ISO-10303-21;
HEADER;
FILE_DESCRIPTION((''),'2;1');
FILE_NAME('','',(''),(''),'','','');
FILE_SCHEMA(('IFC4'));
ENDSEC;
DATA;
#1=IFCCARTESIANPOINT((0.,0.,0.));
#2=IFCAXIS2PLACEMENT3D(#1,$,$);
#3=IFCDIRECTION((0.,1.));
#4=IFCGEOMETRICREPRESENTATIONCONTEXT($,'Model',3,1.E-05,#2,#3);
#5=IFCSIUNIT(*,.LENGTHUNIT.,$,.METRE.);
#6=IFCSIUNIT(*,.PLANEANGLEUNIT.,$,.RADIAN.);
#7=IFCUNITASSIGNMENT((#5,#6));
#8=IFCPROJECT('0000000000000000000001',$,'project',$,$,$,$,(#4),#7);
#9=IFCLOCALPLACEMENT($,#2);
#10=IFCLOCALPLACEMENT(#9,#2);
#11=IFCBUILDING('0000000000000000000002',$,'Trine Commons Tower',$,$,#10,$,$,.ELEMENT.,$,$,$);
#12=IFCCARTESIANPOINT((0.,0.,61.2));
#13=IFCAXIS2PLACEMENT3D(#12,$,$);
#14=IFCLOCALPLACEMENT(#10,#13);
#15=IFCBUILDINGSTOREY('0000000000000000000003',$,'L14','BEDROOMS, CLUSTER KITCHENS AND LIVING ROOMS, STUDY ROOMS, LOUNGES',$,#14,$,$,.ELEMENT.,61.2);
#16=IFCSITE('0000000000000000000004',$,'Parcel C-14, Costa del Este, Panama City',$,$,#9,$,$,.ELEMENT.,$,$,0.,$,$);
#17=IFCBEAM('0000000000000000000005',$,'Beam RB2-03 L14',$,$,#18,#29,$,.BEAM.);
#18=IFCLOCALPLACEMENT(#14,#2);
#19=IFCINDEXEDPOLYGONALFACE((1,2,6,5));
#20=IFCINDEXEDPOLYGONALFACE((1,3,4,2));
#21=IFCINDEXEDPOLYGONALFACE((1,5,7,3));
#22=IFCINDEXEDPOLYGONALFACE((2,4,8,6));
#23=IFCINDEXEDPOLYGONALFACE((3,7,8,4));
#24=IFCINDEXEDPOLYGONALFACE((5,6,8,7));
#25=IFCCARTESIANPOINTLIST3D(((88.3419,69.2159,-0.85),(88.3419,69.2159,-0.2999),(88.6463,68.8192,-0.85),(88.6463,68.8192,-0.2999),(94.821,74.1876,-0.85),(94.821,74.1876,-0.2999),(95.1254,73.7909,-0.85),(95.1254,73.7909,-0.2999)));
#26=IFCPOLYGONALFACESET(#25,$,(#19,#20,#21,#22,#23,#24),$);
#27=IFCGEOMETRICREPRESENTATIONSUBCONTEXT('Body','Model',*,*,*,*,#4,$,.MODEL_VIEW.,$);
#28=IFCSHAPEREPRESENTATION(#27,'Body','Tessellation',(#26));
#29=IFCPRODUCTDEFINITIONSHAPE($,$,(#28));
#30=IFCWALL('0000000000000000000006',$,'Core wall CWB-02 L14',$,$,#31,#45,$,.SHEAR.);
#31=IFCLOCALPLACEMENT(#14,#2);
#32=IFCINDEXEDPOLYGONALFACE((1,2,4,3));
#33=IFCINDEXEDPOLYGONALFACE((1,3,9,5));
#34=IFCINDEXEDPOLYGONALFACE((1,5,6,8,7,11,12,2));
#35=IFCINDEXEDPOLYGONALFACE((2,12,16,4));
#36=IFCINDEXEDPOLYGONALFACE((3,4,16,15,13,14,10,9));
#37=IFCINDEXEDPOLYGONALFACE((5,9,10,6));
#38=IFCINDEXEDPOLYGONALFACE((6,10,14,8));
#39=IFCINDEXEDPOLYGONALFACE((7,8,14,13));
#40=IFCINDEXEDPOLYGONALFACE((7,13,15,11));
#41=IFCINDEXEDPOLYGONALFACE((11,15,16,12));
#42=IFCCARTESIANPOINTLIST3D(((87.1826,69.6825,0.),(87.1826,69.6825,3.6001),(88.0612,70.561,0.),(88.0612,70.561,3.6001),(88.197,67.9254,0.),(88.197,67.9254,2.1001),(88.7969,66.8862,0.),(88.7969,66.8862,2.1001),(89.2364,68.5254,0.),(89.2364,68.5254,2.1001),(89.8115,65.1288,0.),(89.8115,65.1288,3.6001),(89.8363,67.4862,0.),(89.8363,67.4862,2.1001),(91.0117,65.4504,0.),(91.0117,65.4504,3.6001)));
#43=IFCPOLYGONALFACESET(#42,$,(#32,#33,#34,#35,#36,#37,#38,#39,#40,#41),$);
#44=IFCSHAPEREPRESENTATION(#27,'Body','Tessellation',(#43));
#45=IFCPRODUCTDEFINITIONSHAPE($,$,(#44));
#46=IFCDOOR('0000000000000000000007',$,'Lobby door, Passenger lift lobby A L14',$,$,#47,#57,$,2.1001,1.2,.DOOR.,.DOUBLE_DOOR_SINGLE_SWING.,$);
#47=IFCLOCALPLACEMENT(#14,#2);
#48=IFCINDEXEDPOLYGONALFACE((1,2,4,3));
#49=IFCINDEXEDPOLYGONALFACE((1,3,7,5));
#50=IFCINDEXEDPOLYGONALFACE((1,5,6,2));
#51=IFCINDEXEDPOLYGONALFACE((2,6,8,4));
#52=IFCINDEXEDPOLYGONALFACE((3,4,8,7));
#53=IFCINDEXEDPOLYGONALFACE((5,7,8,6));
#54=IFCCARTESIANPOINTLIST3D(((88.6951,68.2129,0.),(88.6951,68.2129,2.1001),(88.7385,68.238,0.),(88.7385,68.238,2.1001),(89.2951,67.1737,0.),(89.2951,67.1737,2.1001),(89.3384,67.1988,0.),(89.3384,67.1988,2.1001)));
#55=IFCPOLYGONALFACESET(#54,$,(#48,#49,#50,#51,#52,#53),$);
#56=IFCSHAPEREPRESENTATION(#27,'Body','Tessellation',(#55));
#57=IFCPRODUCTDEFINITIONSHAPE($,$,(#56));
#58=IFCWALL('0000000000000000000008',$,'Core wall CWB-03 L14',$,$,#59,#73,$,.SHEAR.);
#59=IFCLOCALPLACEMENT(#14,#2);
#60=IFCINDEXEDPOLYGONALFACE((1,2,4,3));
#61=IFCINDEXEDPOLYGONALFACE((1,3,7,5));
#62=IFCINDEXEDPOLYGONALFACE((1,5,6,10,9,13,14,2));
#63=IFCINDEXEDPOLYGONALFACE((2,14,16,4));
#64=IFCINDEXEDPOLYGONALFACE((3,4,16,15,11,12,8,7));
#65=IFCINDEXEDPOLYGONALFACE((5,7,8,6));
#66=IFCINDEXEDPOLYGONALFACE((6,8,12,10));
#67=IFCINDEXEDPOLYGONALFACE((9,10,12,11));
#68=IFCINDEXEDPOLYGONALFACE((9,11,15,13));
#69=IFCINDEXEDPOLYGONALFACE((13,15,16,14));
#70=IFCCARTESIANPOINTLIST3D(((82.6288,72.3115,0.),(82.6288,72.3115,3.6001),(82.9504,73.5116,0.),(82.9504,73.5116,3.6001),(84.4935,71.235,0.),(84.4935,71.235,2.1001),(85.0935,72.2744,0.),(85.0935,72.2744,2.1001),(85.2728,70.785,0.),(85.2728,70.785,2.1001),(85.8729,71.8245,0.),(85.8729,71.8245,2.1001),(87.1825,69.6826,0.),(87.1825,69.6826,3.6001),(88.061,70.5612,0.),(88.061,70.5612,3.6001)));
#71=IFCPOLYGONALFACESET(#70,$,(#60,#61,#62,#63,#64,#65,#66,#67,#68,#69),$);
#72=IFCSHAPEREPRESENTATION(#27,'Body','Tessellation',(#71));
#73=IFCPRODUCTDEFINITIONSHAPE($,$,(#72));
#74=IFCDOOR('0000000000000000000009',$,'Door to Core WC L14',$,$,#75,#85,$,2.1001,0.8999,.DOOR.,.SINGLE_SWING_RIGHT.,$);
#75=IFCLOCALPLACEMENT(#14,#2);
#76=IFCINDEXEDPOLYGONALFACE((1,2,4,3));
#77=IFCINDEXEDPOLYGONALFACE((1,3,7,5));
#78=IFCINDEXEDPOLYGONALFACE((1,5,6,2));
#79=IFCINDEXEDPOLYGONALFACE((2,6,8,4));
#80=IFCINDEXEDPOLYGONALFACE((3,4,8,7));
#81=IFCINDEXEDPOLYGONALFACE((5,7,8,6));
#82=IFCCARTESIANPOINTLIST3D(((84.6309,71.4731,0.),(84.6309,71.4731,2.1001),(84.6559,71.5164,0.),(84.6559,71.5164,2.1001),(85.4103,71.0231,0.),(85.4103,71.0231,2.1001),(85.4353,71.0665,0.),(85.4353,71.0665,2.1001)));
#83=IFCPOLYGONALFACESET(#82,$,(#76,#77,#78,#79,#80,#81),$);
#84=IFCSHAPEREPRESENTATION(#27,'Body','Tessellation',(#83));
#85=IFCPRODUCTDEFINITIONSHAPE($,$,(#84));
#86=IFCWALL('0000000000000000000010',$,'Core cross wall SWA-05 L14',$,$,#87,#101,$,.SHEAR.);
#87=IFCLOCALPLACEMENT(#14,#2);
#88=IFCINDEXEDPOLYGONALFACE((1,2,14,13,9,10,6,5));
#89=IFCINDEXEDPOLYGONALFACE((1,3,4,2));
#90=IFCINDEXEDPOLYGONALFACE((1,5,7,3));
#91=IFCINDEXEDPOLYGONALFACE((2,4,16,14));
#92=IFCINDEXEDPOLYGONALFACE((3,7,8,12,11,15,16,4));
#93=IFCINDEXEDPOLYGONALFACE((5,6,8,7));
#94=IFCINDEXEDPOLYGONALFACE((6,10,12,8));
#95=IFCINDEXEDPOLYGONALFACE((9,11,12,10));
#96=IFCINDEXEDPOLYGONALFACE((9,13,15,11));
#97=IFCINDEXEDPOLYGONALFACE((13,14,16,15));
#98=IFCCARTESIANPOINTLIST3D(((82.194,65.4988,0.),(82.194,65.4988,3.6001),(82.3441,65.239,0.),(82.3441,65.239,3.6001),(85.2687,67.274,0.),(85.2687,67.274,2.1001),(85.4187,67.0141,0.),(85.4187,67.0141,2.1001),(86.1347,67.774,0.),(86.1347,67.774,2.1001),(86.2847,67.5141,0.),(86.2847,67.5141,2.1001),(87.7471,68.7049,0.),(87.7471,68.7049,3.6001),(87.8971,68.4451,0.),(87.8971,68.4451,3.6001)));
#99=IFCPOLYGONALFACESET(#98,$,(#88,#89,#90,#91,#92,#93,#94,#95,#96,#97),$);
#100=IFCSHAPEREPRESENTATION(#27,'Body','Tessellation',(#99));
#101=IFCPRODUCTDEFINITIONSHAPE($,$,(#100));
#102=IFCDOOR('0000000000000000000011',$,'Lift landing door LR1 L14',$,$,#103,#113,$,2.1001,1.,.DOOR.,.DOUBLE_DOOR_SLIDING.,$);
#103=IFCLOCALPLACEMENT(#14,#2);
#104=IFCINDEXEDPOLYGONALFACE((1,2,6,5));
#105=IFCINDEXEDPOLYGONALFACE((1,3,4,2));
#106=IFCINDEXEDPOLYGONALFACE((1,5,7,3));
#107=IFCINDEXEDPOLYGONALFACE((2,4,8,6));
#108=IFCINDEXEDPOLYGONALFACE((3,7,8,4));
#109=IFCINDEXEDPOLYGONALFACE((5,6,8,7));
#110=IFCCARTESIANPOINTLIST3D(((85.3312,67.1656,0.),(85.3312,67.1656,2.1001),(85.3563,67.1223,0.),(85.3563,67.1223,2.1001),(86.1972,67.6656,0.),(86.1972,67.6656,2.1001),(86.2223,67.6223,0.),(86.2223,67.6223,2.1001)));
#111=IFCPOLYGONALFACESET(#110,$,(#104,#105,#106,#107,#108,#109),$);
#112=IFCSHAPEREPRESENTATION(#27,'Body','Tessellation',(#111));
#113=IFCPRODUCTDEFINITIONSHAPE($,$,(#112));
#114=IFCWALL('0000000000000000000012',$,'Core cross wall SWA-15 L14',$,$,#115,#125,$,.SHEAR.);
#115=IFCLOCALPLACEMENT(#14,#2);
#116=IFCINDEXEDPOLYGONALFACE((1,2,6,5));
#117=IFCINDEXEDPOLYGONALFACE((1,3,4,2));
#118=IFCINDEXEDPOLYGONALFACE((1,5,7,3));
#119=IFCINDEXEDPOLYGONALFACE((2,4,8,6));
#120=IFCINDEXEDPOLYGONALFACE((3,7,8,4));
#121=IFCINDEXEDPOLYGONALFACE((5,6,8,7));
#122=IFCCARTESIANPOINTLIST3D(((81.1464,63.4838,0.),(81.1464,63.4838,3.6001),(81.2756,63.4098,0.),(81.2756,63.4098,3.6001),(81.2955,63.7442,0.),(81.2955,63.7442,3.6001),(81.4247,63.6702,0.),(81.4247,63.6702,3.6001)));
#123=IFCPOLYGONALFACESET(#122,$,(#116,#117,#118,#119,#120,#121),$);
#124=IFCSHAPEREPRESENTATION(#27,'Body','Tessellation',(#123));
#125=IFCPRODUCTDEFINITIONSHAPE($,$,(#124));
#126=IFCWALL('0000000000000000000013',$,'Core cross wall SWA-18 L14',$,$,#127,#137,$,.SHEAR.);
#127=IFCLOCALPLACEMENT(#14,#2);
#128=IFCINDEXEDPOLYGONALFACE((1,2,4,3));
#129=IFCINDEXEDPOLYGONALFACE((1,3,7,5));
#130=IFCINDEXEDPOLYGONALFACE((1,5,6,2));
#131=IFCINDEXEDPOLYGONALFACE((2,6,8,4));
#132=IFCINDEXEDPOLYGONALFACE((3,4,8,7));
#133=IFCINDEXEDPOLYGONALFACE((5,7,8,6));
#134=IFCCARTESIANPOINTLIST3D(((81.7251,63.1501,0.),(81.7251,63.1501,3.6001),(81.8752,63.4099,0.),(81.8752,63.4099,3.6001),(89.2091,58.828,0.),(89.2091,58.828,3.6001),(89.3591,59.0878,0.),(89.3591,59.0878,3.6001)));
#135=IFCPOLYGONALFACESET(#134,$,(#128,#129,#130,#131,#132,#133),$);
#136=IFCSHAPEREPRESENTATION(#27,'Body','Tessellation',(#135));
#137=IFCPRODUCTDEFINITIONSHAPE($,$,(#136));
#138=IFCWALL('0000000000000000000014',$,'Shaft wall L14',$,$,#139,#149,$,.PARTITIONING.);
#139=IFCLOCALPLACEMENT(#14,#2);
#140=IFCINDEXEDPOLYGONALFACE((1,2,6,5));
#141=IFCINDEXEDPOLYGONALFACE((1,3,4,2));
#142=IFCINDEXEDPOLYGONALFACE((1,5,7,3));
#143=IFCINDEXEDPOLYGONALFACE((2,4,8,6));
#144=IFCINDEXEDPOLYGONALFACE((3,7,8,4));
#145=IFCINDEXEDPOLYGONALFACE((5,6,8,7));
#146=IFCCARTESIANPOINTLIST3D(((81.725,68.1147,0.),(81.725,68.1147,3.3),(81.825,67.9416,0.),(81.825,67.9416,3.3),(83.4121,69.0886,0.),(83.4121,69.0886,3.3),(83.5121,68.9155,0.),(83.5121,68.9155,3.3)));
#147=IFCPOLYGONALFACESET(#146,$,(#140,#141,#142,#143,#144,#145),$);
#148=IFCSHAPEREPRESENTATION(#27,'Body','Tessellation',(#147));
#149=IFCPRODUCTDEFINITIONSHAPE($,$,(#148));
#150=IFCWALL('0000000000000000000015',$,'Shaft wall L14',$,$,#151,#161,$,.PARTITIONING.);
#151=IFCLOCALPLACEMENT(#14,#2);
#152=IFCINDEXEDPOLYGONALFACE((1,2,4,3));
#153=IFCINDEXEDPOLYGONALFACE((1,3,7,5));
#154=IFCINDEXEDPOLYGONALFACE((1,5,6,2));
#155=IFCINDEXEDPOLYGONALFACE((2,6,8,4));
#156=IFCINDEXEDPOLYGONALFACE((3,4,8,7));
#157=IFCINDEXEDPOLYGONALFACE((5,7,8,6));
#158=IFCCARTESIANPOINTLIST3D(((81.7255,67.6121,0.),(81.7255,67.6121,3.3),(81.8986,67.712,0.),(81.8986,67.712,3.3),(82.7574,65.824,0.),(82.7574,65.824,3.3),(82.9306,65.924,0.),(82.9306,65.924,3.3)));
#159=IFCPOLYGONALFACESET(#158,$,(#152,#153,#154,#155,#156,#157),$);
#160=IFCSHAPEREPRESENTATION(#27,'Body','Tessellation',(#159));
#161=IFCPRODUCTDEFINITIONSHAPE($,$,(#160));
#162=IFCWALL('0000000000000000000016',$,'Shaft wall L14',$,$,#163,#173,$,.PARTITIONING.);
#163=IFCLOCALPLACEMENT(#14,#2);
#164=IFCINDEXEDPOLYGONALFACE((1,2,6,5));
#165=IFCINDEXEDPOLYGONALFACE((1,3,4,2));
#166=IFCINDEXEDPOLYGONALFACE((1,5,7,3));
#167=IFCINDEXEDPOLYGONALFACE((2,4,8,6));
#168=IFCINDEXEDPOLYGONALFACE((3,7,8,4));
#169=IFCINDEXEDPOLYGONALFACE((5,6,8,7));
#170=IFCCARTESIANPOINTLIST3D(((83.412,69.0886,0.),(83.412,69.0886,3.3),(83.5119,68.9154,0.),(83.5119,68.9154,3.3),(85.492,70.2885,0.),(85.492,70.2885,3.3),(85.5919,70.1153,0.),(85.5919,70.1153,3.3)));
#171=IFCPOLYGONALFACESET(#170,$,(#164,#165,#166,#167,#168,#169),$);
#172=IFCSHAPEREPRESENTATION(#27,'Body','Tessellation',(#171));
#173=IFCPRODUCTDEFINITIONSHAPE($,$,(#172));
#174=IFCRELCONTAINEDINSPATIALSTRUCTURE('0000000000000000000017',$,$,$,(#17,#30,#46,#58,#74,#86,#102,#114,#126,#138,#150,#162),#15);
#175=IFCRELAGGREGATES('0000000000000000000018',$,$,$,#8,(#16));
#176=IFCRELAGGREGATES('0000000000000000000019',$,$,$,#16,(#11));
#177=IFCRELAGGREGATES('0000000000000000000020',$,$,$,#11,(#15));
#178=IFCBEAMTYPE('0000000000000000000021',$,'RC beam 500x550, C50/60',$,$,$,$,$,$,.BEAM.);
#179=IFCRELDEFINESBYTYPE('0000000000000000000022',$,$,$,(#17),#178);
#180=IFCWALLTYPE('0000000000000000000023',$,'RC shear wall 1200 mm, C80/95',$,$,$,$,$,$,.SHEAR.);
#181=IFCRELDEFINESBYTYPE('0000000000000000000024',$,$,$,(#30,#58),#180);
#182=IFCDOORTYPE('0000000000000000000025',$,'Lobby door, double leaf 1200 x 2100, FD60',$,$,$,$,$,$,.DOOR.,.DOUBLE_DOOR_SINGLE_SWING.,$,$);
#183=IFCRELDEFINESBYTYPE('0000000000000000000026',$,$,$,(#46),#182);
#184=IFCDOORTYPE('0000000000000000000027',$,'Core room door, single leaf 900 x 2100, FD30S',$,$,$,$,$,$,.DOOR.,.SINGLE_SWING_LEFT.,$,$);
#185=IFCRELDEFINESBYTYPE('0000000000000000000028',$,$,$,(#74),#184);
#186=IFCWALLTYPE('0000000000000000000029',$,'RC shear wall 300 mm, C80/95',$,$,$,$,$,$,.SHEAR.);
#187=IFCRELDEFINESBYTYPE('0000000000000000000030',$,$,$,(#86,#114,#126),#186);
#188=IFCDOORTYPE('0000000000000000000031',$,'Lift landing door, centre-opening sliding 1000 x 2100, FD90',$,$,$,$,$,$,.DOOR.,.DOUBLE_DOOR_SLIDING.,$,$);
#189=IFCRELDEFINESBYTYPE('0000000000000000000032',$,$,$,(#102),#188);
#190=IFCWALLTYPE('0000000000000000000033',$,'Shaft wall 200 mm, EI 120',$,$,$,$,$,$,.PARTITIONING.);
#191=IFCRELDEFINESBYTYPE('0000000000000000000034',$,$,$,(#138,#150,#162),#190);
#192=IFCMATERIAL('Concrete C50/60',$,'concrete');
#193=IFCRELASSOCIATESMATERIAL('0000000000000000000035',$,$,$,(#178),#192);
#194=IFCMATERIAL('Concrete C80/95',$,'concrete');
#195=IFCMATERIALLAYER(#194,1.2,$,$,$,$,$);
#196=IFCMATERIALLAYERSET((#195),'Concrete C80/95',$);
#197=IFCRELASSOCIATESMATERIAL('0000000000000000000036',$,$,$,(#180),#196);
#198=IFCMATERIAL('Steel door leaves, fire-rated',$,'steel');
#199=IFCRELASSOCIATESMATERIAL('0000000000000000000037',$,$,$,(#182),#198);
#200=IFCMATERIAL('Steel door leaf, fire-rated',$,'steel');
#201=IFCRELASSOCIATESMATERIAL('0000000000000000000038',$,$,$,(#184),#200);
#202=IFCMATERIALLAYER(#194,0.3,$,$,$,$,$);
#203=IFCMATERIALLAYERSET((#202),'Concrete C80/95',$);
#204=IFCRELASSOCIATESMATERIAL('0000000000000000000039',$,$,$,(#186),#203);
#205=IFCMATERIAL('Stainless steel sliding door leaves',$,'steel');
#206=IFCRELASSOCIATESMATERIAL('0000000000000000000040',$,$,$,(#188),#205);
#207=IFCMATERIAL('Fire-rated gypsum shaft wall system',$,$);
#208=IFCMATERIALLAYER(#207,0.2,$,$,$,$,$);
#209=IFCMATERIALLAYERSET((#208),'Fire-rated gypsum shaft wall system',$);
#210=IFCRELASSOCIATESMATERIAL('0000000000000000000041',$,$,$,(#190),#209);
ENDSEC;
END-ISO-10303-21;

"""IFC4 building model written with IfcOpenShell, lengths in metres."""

from ifc_helpers import new_model, si_unit, direction, frame, frame_2d, origin, origin_2d, place, context, subcontext, project, spatial, polyline, rectangle, outline, extrude, material, layer, layer_set, material_profile, profile_set, type_object, element, fill, save


model = new_model("IFC4")

# Units and contexts
model_context = context("Model", 3, precision=1e-05, world=origin(), true_north=direction((0.0, 1.0)))
body_context = subcontext(model_context, "Body", "Model", "MODEL_VIEW")
ifc_project = project(units=[si_unit("LENGTHUNIT", "METRE"), si_unit("PLANEANGLEUNIT", "RADIAN")], contexts=[model_context])

# Site, building, storey
site_placement = place(None, origin())
site = spatial("IfcSite", under=ifc_project, at=site_placement, Name="Parcel C-14, Costa del Este, Panama City", CompositionType="ELEMENT", RefElevation=0.0)
building_placement = place(site_placement, origin())
building = spatial("IfcBuilding", under=site, at=building_placement, Name="Trine Commons Tower", CompositionType="ELEMENT")
storey_placement = place(building_placement, frame((0.0, 0.0, 61.2)))
storey = spatial("IfcBuildingStorey", under=building, at=storey_placement, Name="L14", Description="BEDROOMS, CLUSTER KITCHENS AND LIVING ROOMS, STUDY ROOMS, LOUNGES", CompositionType="ELEMENT", Elevation=61.2)

# Beam
ifc_material_1 = material(Name="Concrete C50/60", Category="concrete")
ifc_material_profile = material_profile(ifc_material_1, rectangle(XDim=0.5, YDim=0.55, at=origin_2d()), Name="RC 500x550")
ifc_profile_set = profile_set([ifc_material_profile], Name="Concrete C50/60")
beam_type = type_object("IfcBeamType", Name="RC beam 500x550, C50/60", PredefinedType="BEAM", material=ifc_profile_set)
beam_placement = place(storey_placement, frame((88.4941, 69.0176, -0.575), z_axis=(0.793344, 0.608774, 0.0), x_axis=(-0.608774, 0.793344, 0.0)))
element("IfcBeam", 1, at=beam_placement, inside=storey, type_object=beam_type, Name="Beam RB2-03 L14", PredefinedType="BEAM", context=body_context, shape_type="SweptSolid", body=[
    extrude(rectangle(XDim=0.5, YDim=0.55, at=origin_2d()), origin(), (0.0, 0.0, 1.0), 8.1667),
])

# Walls, openings, doors
ifc_material_2 = material(Name="Concrete C80/95", Category="concrete")
ifc_layer_1 = layer(ifc_material_2, 1.2)
ifc_layer_set_1 = layer_set([ifc_layer_1], Name="Concrete C80/95")
wall_type_1 = type_object("IfcWallType", Name="RC shear wall 1200 mm, C80/95", PredefinedType="SHEAR", material=ifc_layer_set_1)
wall_1_placement = place(storey_placement, frame((90.4919, 65.1504, 0.0), z_axis=(0.0, 0.0, 1.0), x_axis=(-0.499979, 0.866037, 0.0)))
wall_1 = element("IfcWall", 2, at=wall_1_placement, inside=storey, type_object=wall_type_1, Name="Core wall CWB-02 L14", PredefinedType="SHEAR", context=body_context, shape_type="SweptSolid", body=[
    extrude(outline(polyline([(0.0, -0.6001), (5.9011, -0.6001), (5.5796, 0.6001), (0.3215, 0.6001), (0.0, -0.6001)])), origin(), (0.0, 0.0, 1.0), 3.6001),
])
opening_1_placement = place(wall_1_placement, frame((2.3506, 0.0, 0.0)))
opening_1 = element("IfcOpeningElement", 3, at=opening_1_placement, cuts=wall_1, PredefinedType="OPENING", context=body_context, shape_type="SweptSolid", body=[
    extrude(rectangle(XDim=1.2, YDim=2.1001, at=frame_2d((0.6001, 1.05))), frame((0.0, 0.6099, 0.0), z_axis=(0.0, -1.0, 0.0), x_axis=(1.0, 0.0, 0.0)), (0.0, 0.0, 1.0), 1.22),
])
ifc_material_3 = material(Name="Steel door leaves, fire-rated", Category="steel")
door_type_1 = type_object("IfcDoorType", Name="Lobby door, double leaf 1200 x 2100, FD60", OperationType="DOUBLE_DOOR_SINGLE_SWING", PredefinedType="DOOR", material=ifc_material_3)
door_1_placement = place(opening_1_placement, origin())
door_1 = element("IfcDoor", 4, at=door_1_placement, inside=storey, type_object=door_type_1, Name="Lobby door, Passenger lift lobby A L14", OperationType="DOUBLE_DOOR_SINGLE_SWING", OverallHeight=2.1001, OverallWidth=1.2, PredefinedType="DOOR", context=body_context, shape_type="SweptSolid", body=[
    extrude(rectangle(XDim=1.2, YDim=2.1001, at=frame_2d((0.6001, 1.05))), frame((0.0, 0.0249, 0.0), z_axis=(0.0, -1.0, 0.0), x_axis=(1.0, 0.0, 0.0)), (0.0, 0.0, 1.0), 0.05),
])
fill(opening_1, door_1)
wall_2_placement = place(storey_placement, frame((87.761, 70.0415, 0.0), z_axis=(0.0, 0.0, 1.0), x_axis=(-0.866037, 0.499979, 0.0)))
wall_2 = element("IfcWall", 5, at=wall_2_placement, inside=storey, type_object=wall_type_1, Name="Core wall CWB-03 L14", PredefinedType="SHEAR", context=body_context, shape_type="SweptSolid", body=[
    extrude(outline(polyline([(0.0, -0.6001), (5.9011, -0.6001), (5.5796, 0.6001), (0.3215, 0.6001), (0.0, -0.6001)])), origin(), (0.0, 0.0, 1.0), 3.6001),
])
opening_2_placement = place(wall_2_placement, frame((2.5266, 0.0, 0.0)))
opening_2 = element("IfcOpeningElement", 6, at=opening_2_placement, cuts=wall_2, PredefinedType="OPENING", context=body_context, shape_type="SweptSolid", body=[
    extrude(rectangle(XDim=0.8999, YDim=2.1001, at=frame_2d((0.45, 1.05))), frame((0.0, 0.6099, 0.0), z_axis=(0.0, -1.0, 0.0), x_axis=(1.0, 0.0, 0.0)), (0.0, 0.0, 1.0), 1.22),
])
ifc_material_4 = material(Name="Steel door leaf, fire-rated", Category="steel")
door_type_2 = type_object("IfcDoorType", Name="Core room door, single leaf 900 x 2100, FD30S", OperationType="SINGLE_SWING_LEFT", PredefinedType="DOOR", material=ifc_material_4)
door_2_placement = place(opening_2_placement, origin())
door_2 = element("IfcDoor", 7, at=door_2_placement, inside=storey, type_object=door_type_2, Name="Door to Core WC L14", OperationType="SINGLE_SWING_RIGHT", OverallHeight=2.1001, OverallWidth=0.8999, PredefinedType="DOOR", context=body_context, shape_type="SweptSolid", body=[
    extrude(rectangle(XDim=0.8999, YDim=2.1001, at=frame_2d((0.45, 1.05))), frame((0.0, 0.3252, 0.0), z_axis=(0.0, -1.0, 0.0), x_axis=(1.0, 0.0, 0.0)), (0.0, 0.0, 1.0), 0.05),
])
fill(opening_2, door_2)
ifc_layer_2 = layer(ifc_material_2, 0.3)
ifc_layer_set_2 = layer_set([ifc_layer_2], Name="Concrete C80/95")
wall_type_2 = type_object("IfcWallType", Name="RC shear wall 300 mm, C80/95", PredefinedType="SHEAR", material=ifc_layer_set_2)
wall_3_placement = place(storey_placement, frame((82.269, 65.3689, 0.0), z_axis=(0.0, 0.0, 1.0), x_axis=(0.866023, 0.500005, 0.0)))
wall_3 = element("IfcWall", 8, at=wall_3_placement, inside=storey, type_object=wall_type_2, Name="Core cross wall SWA-05 L14", PredefinedType="SHEAR", context=body_context, shape_type="SweptSolid", body=[
    extrude(rectangle(XDim=6.4121, YDim=0.3, at=frame_2d((3.2061, 0.0))), origin(), (0.0, 0.0, 1.0), 3.6001),
])
opening_3_placement = place(wall_3_placement, frame((3.5503, 0.0, 0.0)))
opening_3 = element("IfcOpeningElement", 9, at=opening_3_placement, cuts=wall_3, PredefinedType="OPENING", context=body_context, shape_type="SweptSolid", body=[
    extrude(rectangle(XDim=1.0, YDim=2.1001, at=frame_2d((0.5, 1.05))), frame((0.0, 0.1599, 0.0), z_axis=(0.0, -1.0, 0.0), x_axis=(1.0, 0.0, 0.0)), (0.0, 0.0, 1.0), 0.3201),
])
ifc_material_5 = material(Name="Stainless steel sliding door leaves", Category="steel")
door_type_3 = type_object("IfcDoorType", Name="Lift landing door, centre-opening sliding 1000 x 2100, FD90", OperationType="DOUBLE_DOOR_SLIDING", PredefinedType="DOOR", material=ifc_material_5)
door_3_placement = place(opening_3_placement, origin())
door_3 = element("IfcDoor", 10, at=door_3_placement, inside=storey, type_object=door_type_3, Name="Lift landing door LR1 L14", OperationType="DOUBLE_DOOR_SLIDING", OverallHeight=2.1001, OverallWidth=1.0, PredefinedType="DOOR", context=body_context, shape_type="SweptSolid", body=[
    extrude(rectangle(XDim=1.0, YDim=2.1001, at=frame_2d((0.5, 1.05))), frame((0.0, 0.0249, 0.0), z_axis=(0.0, -1.0, 0.0), x_axis=(1.0, 0.0, 0.0)), (0.0, 0.0, 1.0), 0.05),
])
fill(opening_3, door_3)

# Walls
wall_4_placement = place(storey_placement, frame((81.2209, 63.614, 0.0), z_axis=(0.0, 0.0, 1.0), x_axis=(0.867738, -0.497022, 0.0)))
element("IfcWall", 11, at=wall_4_placement, inside=storey, type_object=wall_type_2, Name="Core cross wall SWA-15 L14", PredefinedType="SHEAR", context=body_context, shape_type="SweptSolid", body=[
    extrude(rectangle(XDim=0.1489, YDim=0.3, at=frame_2d((0.0745, 0.0))), origin(), (0.0, 0.0, 1.0), 3.6001),
])
wall_5_placement = place(storey_placement, frame((81.8, 63.28, 0.0), z_axis=(0.0, 0.0, 1.0), x_axis=(0.865965, -0.500104, 0.0)))
element("IfcWall", 12, at=wall_5_placement, inside=storey, type_object=wall_type_2, Name="Core cross wall SWA-18 L14", PredefinedType="SHEAR", context=body_context, shape_type="SweptSolid", body=[
    extrude(rectangle(XDim=8.6423, YDim=0.3, at=frame_2d((4.3213, 0.0))), origin(), (0.0, 0.0, 1.0), 3.6001),
])
ifc_material_6 = material(Name="Fire-rated gypsum shaft wall system")
ifc_layer_3 = layer(ifc_material_6, 0.2)
ifc_layer_set_3 = layer_set([ifc_layer_3], Name="Fire-rated gypsum shaft wall system")
wall_type_3 = type_object("IfcWallType", Name="Shaft wall 200 mm, EI 120", PredefinedType="PARTITIONING", material=ifc_layer_set_3)
wall_6_placement = place(storey_placement, frame((81.7749, 68.0281, 0.0), z_axis=(0.0, 0.0, 1.0), x_axis=(0.866052, 0.499954, 0.0)))
element("IfcWall", 13, at=wall_6_placement, inside=storey, type_object=wall_type_3, Name="Shaft wall L14", PredefinedType="PARTITIONING", context=body_context, shape_type="SweptSolid", body=[
    extrude(rectangle(XDim=1.948, YDim=0.2, at=frame_2d((0.9741, 0.0))), origin(), (0.0, 0.0, 1.0), 3.3),
])
wall_7_placement = place(storey_placement, frame((82.844, 65.874, 0.0), z_axis=(0.0, 0.0, 1.0), x_axis=(-0.499866, 0.866103, 0.0)))
element("IfcWall", 14, at=wall_7_placement, inside=storey, type_object=wall_type_3, Name="Shaft wall L14", PredefinedType="PARTITIONING", context=body_context, shape_type="SweptSolid", body=[
    extrude(rectangle(XDim=2.0645, YDim=0.2, at=frame_2d((1.0322, 0.0))), origin(), (0.0, 0.0, 1.0), 3.3),
])
wall_8_placement = place(storey_placement, frame((83.4619, 69.002, 0.0), z_axis=(0.0, 0.0, 1.0), x_axis=(0.866203, 0.499693, 0.0)))
element("IfcWall", 15, at=wall_8_placement, inside=storey, type_object=wall_type_3, Name="Shaft wall L14", PredefinedType="PARTITIONING", context=body_context, shape_type="SweptSolid", body=[
    extrude(rectangle(XDim=2.4014, YDim=0.2, at=frame_2d((1.2007, 0.0))), origin(), (0.0, 0.0, 1.0), 3.3),
])

save(model, "model.ifc")
